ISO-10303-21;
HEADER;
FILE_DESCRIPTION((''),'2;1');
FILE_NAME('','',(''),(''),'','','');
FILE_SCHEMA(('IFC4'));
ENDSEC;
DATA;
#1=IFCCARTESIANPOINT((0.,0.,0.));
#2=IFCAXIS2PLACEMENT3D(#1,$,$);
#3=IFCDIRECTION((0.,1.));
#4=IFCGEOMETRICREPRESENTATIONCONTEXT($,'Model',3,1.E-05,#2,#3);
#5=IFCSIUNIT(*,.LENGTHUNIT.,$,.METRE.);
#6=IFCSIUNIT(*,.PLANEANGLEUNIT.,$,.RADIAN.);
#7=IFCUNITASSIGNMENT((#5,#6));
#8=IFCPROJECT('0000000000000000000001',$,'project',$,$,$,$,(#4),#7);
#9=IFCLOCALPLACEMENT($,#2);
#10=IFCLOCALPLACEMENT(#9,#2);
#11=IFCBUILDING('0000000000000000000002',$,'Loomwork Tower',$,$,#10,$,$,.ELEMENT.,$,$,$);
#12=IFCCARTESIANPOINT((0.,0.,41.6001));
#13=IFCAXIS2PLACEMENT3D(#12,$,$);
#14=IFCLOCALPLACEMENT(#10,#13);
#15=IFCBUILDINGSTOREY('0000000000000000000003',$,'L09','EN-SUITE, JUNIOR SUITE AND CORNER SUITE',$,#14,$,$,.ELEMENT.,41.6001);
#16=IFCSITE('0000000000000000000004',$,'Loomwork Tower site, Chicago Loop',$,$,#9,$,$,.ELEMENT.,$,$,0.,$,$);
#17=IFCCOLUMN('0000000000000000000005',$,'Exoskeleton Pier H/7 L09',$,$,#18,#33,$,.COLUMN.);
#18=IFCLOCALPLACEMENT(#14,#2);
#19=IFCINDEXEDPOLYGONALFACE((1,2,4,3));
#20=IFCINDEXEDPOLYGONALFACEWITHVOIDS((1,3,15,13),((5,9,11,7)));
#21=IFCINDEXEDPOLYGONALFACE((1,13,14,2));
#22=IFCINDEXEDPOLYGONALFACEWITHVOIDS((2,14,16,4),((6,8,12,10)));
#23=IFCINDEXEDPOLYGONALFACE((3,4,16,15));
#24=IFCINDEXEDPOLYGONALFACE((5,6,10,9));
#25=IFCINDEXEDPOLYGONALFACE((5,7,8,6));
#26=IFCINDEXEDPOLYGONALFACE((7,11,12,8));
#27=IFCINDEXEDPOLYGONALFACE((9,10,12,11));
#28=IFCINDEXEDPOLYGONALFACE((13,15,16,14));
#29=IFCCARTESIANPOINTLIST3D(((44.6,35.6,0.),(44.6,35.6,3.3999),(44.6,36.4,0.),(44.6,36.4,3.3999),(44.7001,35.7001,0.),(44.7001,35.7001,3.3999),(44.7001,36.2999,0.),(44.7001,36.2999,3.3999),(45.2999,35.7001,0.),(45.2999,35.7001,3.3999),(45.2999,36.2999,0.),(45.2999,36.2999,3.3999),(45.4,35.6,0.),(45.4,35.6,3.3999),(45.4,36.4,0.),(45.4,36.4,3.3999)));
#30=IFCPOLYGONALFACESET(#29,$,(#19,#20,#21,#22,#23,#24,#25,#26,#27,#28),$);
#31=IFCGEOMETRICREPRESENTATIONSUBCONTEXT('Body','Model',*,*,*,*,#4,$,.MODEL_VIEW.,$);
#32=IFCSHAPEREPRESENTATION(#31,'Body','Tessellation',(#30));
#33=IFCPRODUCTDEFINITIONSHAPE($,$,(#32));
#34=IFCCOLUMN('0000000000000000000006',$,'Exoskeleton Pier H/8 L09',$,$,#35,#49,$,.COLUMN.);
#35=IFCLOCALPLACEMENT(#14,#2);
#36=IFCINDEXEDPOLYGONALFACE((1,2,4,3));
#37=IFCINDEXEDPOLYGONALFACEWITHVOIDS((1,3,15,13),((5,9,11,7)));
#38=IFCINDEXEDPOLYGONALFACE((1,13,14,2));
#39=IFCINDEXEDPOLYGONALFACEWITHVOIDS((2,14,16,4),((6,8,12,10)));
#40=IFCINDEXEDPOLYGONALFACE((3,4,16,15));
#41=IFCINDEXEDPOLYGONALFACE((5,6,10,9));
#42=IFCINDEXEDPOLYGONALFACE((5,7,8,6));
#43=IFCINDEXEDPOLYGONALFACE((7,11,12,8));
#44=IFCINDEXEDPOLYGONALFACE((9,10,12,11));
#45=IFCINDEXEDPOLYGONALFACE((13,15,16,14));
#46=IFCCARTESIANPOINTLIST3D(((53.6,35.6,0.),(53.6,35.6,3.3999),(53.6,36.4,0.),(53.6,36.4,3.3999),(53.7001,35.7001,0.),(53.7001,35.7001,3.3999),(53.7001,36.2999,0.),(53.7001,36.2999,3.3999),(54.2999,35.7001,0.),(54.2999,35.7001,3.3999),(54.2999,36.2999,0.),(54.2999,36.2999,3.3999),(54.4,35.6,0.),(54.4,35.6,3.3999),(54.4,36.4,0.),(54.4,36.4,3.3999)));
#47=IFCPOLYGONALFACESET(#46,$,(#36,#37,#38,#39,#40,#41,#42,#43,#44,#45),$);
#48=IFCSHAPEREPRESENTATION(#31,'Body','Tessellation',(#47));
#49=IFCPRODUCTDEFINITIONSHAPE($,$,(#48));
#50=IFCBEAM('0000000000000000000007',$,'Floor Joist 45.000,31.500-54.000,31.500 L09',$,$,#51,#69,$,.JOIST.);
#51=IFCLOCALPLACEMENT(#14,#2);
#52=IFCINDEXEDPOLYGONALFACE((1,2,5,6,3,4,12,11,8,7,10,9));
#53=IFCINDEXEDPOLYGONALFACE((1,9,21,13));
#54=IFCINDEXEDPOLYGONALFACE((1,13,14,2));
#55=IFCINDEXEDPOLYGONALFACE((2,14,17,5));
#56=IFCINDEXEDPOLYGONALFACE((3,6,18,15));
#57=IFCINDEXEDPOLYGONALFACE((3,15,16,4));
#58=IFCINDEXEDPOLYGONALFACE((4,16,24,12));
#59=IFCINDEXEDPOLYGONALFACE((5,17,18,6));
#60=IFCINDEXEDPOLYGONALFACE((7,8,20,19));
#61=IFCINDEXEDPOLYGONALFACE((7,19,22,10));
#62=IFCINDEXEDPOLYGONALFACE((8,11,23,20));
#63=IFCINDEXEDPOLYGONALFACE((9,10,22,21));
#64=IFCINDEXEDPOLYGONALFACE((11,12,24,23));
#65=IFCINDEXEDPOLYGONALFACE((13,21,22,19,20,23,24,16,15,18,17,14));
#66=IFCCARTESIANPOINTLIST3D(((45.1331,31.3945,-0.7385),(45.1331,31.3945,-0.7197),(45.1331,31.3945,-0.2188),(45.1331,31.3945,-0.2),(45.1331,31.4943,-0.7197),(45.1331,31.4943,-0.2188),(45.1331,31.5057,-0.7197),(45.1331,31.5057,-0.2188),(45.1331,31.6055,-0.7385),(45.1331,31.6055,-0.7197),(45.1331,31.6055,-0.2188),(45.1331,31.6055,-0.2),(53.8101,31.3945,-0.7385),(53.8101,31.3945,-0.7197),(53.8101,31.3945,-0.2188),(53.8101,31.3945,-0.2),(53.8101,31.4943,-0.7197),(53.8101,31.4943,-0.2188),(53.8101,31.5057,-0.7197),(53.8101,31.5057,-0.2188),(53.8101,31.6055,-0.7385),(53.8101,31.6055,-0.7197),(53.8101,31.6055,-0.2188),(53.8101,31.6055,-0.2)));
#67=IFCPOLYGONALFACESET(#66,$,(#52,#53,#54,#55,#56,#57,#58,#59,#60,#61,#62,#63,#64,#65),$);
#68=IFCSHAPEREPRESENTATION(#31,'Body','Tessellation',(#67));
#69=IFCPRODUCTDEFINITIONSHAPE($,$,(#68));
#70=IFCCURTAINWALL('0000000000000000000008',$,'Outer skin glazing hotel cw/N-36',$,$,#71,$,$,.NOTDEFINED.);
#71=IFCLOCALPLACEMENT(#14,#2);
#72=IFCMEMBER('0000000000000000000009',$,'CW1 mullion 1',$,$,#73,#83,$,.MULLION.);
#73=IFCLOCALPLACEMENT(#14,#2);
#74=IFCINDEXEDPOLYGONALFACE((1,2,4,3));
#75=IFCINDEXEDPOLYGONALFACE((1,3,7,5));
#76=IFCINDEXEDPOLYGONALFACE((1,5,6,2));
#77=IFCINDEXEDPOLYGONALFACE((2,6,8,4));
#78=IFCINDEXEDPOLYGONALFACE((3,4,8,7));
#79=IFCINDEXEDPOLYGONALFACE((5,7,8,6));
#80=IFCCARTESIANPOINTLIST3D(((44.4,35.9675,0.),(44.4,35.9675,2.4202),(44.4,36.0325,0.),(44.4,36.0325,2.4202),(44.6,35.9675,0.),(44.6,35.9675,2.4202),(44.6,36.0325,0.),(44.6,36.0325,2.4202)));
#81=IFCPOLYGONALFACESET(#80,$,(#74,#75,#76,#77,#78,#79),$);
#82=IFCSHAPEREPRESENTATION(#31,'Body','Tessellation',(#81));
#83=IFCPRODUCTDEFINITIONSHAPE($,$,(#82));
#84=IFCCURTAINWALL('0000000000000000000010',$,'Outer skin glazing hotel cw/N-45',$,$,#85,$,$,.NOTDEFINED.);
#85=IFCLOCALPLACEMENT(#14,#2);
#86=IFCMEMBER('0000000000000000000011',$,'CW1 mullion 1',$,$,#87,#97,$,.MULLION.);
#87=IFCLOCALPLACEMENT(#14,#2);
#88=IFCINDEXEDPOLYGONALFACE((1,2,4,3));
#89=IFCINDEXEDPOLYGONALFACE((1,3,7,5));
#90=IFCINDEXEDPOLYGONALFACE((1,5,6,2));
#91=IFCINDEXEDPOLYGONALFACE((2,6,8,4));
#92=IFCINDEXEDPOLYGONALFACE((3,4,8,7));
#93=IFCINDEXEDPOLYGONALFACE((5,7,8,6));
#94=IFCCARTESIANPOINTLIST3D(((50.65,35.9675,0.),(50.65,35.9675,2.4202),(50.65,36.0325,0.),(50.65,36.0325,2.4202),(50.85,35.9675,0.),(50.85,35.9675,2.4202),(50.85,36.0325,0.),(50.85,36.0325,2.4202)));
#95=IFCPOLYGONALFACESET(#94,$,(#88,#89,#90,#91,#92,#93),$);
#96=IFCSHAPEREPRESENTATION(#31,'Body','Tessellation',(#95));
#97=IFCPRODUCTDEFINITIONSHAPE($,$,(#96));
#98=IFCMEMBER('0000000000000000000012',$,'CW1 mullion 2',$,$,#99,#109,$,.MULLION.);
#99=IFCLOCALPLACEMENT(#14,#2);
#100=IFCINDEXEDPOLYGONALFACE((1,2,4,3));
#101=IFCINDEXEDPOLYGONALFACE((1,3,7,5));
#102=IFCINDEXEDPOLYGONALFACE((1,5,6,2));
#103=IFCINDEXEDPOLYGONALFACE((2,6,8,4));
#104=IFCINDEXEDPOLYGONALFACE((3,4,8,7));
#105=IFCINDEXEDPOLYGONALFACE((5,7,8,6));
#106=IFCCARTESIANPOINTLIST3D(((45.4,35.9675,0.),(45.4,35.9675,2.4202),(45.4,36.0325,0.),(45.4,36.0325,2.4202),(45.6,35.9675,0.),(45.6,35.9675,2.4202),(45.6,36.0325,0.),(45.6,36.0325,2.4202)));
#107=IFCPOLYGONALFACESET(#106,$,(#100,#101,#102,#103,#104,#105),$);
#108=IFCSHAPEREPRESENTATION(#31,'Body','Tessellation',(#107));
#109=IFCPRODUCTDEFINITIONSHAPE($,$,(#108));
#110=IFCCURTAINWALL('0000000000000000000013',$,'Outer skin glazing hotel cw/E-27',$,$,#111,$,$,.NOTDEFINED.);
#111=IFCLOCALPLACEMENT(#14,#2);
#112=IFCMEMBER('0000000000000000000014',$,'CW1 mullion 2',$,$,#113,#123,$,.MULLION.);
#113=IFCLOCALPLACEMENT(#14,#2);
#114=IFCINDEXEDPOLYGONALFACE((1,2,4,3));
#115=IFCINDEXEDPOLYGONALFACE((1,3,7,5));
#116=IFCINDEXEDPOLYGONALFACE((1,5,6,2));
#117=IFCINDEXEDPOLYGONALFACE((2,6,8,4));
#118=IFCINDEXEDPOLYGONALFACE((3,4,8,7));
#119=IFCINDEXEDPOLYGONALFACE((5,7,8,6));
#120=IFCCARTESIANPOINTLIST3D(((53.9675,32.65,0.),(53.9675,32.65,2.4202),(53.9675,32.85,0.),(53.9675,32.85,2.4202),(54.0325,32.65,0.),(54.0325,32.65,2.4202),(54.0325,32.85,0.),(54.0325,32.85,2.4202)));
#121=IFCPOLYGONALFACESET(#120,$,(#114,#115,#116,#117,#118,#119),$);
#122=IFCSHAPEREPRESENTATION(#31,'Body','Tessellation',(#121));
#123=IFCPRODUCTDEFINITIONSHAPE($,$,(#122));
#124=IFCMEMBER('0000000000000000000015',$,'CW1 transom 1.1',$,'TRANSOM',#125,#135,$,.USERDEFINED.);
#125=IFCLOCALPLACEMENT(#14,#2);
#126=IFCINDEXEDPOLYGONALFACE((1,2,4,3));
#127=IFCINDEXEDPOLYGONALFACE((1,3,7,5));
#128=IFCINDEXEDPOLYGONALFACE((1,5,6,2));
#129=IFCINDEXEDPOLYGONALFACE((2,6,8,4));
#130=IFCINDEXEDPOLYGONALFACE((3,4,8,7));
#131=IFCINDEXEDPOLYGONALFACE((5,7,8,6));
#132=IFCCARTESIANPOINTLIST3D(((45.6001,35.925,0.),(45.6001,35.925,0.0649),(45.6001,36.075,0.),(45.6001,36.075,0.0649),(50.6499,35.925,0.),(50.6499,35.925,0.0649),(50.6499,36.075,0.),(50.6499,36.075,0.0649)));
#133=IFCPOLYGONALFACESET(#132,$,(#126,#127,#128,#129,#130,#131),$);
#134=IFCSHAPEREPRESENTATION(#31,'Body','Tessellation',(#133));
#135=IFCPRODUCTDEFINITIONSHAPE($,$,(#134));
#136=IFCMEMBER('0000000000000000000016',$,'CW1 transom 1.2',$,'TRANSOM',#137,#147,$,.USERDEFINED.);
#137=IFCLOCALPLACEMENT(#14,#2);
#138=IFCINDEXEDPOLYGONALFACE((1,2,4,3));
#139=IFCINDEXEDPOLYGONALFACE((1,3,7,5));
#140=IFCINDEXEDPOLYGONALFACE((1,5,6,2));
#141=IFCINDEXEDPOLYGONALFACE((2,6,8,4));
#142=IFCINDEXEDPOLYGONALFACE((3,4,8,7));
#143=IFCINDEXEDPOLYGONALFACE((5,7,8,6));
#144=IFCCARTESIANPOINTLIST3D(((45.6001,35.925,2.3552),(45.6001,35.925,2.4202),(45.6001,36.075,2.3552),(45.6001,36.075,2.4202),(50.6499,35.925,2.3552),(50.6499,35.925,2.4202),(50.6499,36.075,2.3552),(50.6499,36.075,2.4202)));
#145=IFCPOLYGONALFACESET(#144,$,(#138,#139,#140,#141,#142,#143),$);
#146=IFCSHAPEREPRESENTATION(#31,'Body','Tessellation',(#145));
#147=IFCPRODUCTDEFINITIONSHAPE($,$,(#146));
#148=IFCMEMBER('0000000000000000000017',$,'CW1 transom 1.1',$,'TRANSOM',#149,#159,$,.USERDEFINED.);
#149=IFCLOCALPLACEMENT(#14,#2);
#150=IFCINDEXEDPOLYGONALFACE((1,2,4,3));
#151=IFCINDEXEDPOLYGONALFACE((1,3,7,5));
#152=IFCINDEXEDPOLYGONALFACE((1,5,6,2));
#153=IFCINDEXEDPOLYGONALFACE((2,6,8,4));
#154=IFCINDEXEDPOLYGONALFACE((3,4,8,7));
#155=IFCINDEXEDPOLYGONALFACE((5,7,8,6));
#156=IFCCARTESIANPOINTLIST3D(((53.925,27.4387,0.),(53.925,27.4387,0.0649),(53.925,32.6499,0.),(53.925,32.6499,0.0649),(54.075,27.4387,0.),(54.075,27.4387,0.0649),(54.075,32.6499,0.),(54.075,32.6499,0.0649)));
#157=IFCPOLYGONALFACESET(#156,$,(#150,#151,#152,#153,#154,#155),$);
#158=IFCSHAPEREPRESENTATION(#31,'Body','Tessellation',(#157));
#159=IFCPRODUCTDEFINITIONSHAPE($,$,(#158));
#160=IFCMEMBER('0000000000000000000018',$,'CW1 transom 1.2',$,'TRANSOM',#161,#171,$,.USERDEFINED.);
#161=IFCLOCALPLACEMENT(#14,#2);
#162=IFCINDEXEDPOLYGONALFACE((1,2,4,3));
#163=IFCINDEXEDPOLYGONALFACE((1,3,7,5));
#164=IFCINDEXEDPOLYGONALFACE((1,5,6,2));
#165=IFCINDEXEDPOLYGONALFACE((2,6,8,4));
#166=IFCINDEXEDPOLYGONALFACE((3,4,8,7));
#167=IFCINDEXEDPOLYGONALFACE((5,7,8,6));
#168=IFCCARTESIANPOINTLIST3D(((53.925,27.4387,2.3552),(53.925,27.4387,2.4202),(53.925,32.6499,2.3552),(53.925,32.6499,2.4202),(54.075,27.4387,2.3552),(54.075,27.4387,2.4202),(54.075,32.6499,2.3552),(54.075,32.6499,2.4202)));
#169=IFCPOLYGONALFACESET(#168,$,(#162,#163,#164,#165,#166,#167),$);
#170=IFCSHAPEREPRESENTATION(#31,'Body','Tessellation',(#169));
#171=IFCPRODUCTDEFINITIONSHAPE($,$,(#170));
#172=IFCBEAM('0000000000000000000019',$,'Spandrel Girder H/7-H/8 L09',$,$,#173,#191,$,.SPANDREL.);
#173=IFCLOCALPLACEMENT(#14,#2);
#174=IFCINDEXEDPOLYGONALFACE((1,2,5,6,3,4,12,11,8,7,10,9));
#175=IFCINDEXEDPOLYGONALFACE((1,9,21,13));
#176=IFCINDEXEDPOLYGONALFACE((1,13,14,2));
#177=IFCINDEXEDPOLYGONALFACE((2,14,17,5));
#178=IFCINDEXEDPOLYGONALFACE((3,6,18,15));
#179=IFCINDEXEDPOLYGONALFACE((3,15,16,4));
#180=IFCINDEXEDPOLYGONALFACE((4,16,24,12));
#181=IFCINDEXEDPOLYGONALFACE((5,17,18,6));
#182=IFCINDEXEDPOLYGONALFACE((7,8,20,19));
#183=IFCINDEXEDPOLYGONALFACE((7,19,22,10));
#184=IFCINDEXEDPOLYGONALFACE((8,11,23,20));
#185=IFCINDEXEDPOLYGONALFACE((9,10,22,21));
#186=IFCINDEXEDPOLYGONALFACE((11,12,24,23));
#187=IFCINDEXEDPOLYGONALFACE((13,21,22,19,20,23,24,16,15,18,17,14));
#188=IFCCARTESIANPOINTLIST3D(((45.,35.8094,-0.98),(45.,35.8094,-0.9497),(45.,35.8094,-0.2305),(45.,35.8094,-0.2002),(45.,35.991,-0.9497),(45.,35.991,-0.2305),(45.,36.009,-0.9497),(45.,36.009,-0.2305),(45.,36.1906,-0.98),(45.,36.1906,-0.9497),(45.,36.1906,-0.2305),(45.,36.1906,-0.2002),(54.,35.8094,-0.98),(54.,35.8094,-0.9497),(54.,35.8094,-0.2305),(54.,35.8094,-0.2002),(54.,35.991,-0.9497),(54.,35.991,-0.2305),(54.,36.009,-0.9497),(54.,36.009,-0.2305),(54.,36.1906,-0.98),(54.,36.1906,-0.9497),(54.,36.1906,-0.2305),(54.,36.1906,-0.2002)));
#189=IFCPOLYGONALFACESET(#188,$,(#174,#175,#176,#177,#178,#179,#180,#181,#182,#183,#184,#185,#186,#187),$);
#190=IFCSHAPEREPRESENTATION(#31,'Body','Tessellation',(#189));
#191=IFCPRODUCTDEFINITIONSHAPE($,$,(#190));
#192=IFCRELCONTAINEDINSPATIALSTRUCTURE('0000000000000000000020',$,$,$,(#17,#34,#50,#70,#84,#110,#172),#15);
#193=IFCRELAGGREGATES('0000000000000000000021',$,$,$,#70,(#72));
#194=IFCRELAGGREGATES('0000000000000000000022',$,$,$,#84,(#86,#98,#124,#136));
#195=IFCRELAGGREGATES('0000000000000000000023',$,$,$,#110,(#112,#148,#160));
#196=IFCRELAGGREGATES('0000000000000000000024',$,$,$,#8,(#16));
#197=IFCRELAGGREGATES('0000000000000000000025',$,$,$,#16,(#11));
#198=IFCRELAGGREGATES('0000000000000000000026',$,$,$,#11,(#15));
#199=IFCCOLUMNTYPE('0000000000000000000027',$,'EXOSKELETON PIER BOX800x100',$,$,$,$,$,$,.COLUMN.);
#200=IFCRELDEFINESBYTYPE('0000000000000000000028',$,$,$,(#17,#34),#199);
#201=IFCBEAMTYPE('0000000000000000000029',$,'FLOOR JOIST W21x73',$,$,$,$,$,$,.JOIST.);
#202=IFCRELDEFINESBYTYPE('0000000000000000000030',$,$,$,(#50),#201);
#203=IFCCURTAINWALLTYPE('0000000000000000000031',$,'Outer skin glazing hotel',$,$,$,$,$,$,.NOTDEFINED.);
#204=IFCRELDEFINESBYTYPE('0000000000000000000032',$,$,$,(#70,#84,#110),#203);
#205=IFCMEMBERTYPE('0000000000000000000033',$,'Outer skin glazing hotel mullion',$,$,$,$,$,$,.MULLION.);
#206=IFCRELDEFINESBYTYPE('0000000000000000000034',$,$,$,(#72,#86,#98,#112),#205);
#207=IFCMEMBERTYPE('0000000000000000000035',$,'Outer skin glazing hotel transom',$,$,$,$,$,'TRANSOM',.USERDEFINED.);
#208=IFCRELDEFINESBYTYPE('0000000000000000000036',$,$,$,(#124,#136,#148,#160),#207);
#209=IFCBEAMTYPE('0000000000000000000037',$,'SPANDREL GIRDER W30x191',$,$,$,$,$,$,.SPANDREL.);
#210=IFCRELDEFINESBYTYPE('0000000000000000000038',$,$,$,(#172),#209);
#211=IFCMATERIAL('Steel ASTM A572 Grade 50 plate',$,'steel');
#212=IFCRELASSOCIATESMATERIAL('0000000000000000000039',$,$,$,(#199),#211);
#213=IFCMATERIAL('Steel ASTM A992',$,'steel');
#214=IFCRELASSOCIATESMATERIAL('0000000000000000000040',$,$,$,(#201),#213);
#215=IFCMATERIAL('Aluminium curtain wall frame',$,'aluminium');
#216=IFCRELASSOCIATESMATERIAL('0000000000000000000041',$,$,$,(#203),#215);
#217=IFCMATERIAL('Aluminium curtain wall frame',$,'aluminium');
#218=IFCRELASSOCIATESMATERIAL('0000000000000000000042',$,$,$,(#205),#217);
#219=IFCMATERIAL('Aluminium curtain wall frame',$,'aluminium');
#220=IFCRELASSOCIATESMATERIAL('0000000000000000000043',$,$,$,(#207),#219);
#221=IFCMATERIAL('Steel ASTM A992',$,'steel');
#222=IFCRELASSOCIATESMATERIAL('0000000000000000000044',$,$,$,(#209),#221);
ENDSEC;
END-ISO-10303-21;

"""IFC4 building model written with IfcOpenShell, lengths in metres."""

from ifc_helpers import new_model, si_unit, direction, frame, origin, origin_2d, place, context, subcontext, project, spatial, rectangle, hollow_rectangle, i_section, extrude, material, material_profile, profile_set, type_object, element, aggregate, save


model = new_model("IFC4")

# Units and contexts
model_context = context("Model", 3, precision=1e-05, world=origin(), true_north=direction((0.0, 1.0)))
body_context = subcontext(model_context, "Body", "Model", "MODEL_VIEW")
ifc_project = project(units=[si_unit("LENGTHUNIT", "METRE"), si_unit("PLANEANGLEUNIT", "RADIAN")], contexts=[model_context])

# Site, building, storey
site_placement = place(None, origin())
site = spatial("IfcSite", under=ifc_project, at=site_placement, Name="Loomwork Tower site, Chicago Loop", CompositionType="ELEMENT", RefElevation=0.0)
building_placement = place(site_placement, origin())
building = spatial("IfcBuilding", under=site, at=building_placement, Name="Loomwork Tower", CompositionType="ELEMENT")
storey_placement = place(building_placement, frame((0.0, 0.0, 41.6001)))
storey = spatial("IfcBuildingStorey", under=building, at=storey_placement, Name="L09", Description="EN-SUITE, JUNIOR SUITE AND CORNER SUITE", CompositionType="ELEMENT", Elevation=41.6001)

# Columns
ifc_material_1 = material(Name="Steel ASTM A572 Grade 50 plate", Category="steel")
ifc_material_profile_1 = material_profile(ifc_material_1, hollow_rectangle(XDim=0.8, YDim=0.8, WallThickness=0.1001, at=origin_2d()), Name="BOX800x100")
ifc_profile_set_1 = profile_set([ifc_material_profile_1], Name="Steel ASTM A572 Grade 50 plate")
column_type = type_object("IfcColumnType", Name="EXOSKELETON PIER BOX800x100", PredefinedType="COLUMN", material=ifc_profile_set_1)
for number, where, z_axis, x_axis, name in (
    (1, (45.0, 36.0, 0.0), (0.0, 0.0, 1.0), (1.0, 0.0, 0.0), "Exoskeleton Pier H/7 L09"),
    (2, (54.0, 36.0, 0.0), (0.0, 0.0, 1.0), (1.0, 0.0, 0.0), "Exoskeleton Pier H/8 L09"),
):
    element("IfcColumn", number, at=place(storey_placement, frame(where, z_axis=z_axis, x_axis=x_axis)), inside=storey, type_object=column_type, Name=name, PredefinedType="COLUMN", context=body_context, shape_type="SweptSolid", body=[
        extrude(hollow_rectangle(XDim=0.8, YDim=0.8, WallThickness=0.1001, at=origin_2d()), origin(), (0.0, 0.0, 1.0), 3.3999),
    ])

# Beam
ifc_material_2 = material(Name="Steel ASTM A992", Category="steel")
ifc_material_profile_2 = material_profile(ifc_material_2, i_section(OverallWidth=0.2109, OverallDepth=0.5386, WebThickness=0.0115, FlangeThickness=0.0188, at=origin_2d()), Name="W21x73")
ifc_profile_set_2 = profile_set([ifc_material_profile_2], Name="Steel ASTM A992")
beam_type_1 = type_object("IfcBeamType", Name="FLOOR JOIST W21x73", PredefinedType="JOIST", material=ifc_profile_set_2)
beam_1_placement = place(storey_placement, frame((45.1331, 31.5, -0.4692), z_axis=(1.0, 0.0, 0.0), x_axis=(0.0, 1.0, 0.0)))
element("IfcBeam", 3, at=beam_1_placement, inside=storey, type_object=beam_type_1, Name="Floor Joist 45.000,31.500-54.000,31.500 L09", PredefinedType="JOIST", context=body_context, shape_type="SweptSolid", body=[
    extrude(i_section(OverallWidth=0.2109, OverallDepth=0.5386, WebThickness=0.0115, FlangeThickness=0.0188, at=origin_2d()), origin(), (0.0, 0.0, 1.0), 8.677),
])

# Curtain wall, member
ifc_material_3 = material(Name="Aluminium curtain wall frame", Category="aluminium")
curtain_wall_type = type_object("IfcCurtainWallType", Name="Outer skin glazing hotel", PredefinedType="NOTDEFINED", material=ifc_material_3)
curtain_wall_1_placement = place(storey_placement, origin())
curtain_wall_1 = element("IfcCurtainWall", 4, at=curtain_wall_1_placement, inside=storey, type_object=curtain_wall_type, Name="Outer skin glazing hotel cw/N-36", PredefinedType="NOTDEFINED")
ifc_material_4 = material(Name="Aluminium curtain wall frame", Category="aluminium")
ifc_material_profile_3 = material_profile(ifc_material_4, rectangle(XDim=0.0649, YDim=0.2, at=origin_2d()), Name="AL 65x200")
ifc_profile_set_3 = profile_set([ifc_material_profile_3], Name="Aluminium curtain wall frame")
member_type_1 = type_object("IfcMemberType", Name="Outer skin glazing hotel mullion", PredefinedType="MULLION", material=ifc_profile_set_3)
member_1_placement = place(storey_placement, frame((44.5, 36.0, 0.0), z_axis=(0.0, 0.0, 1.0), x_axis=(0.0, -1.0, 0.0)))
member_1 = element("IfcMember", 5, at=member_1_placement, type_object=member_type_1, Name="CW1 mullion 1", PredefinedType="MULLION", context=body_context, shape_type="SweptSolid", body=[
    extrude(rectangle(XDim=0.0649, YDim=0.2, at=origin_2d()), origin(), (0.0, 0.0, 1.0), 2.4202),
])
aggregate(curtain_wall_1, [member_1])

# Curtain wall, members
curtain_wall_2_placement = place(storey_placement, origin())
curtain_wall_2 = element("IfcCurtainWall", 6, at=curtain_wall_2_placement, inside=storey, type_object=curtain_wall_type, Name="Outer skin glazing hotel cw/N-45", PredefinedType="NOTDEFINED")
member_2_placement = place(storey_placement, frame((50.75, 36.0, 0.0), z_axis=(0.0, 0.0, 1.0), x_axis=(0.0, -1.0, 0.0)))
member_2 = element("IfcMember", 7, at=member_2_placement, type_object=member_type_1, Name="CW1 mullion 1", PredefinedType="MULLION", context=body_context, shape_type="SweptSolid", body=[
    extrude(rectangle(XDim=0.0649, YDim=0.2, at=origin_2d()), origin(), (0.0, 0.0, 1.0), 2.4202),
])
member_3_placement = place(storey_placement, frame((45.5, 36.0, 0.0), z_axis=(0.0, 0.0, 1.0), x_axis=(0.0, -1.0, 0.0)))
member_3 = element("IfcMember", 8, at=member_3_placement, type_object=member_type_1, Name="CW1 mullion 2", PredefinedType="MULLION", context=body_context, shape_type="SweptSolid", body=[
    extrude(rectangle(XDim=0.0649, YDim=0.2, at=origin_2d()), origin(), (0.0, 0.0, 1.0), 2.4202),
])

# Curtain wall, member
curtain_wall_3_placement = place(storey_placement, origin())
curtain_wall_3 = element("IfcCurtainWall", 9, at=curtain_wall_3_placement, inside=storey, type_object=curtain_wall_type, Name="Outer skin glazing hotel cw/E-27", PredefinedType="NOTDEFINED")
member_4_placement = place(storey_placement, frame((54.0, 32.75, 0.0), z_axis=(0.0, 0.0, 1.0), x_axis=(-1.0, 0.0, 0.0)))
member_4 = element("IfcMember", 10, at=member_4_placement, type_object=member_type_1, Name="CW1 mullion 2", PredefinedType="MULLION", context=body_context, shape_type="SweptSolid", body=[
    extrude(rectangle(XDim=0.0649, YDim=0.2, at=origin_2d()), origin(), (0.0, 0.0, 1.0), 2.4202),
])

# Members
ifc_material_5 = material(Name="Aluminium curtain wall frame", Category="aluminium")
ifc_material_profile_4 = material_profile(ifc_material_5, rectangle(XDim=0.1499, YDim=0.0649, at=origin_2d()), Name="AL 65x150")
ifc_profile_set_4 = profile_set([ifc_material_profile_4], Name="Aluminium curtain wall frame")
member_type_2 = type_object("IfcMemberType", Name="Outer skin glazing hotel transom", ElementType="TRANSOM", PredefinedType="USERDEFINED", material=ifc_profile_set_4)
member_5_placement = place(storey_placement, frame((50.6499, 36.0, 0.0325), z_axis=(-1.0, 0.0, 0.0), x_axis=(0.0, -1.0, 0.0)))
member_5 = element("IfcMember", 11, at=member_5_placement, type_object=member_type_2, Name="CW1 transom 1.1", ObjectType="TRANSOM", PredefinedType="USERDEFINED", context=body_context, shape_type="SweptSolid", body=[
    extrude(rectangle(XDim=0.1499, YDim=0.0649, at=origin_2d()), origin(), (0.0, 0.0, 1.0), 5.0498),
])
member_6_placement = place(storey_placement, frame((50.6499, 36.0, 2.3877), z_axis=(-1.0, 0.0, 0.0), x_axis=(0.0, -1.0, 0.0)))
member_6 = element("IfcMember", 12, at=member_6_placement, type_object=member_type_2, Name="CW1 transom 1.2", ObjectType="TRANSOM", PredefinedType="USERDEFINED", context=body_context, shape_type="SweptSolid", body=[
    extrude(rectangle(XDim=0.1499, YDim=0.0649, at=origin_2d()), origin(), (0.0, 0.0, 1.0), 5.0498),
])
member_7_placement = place(storey_placement, frame((54.0, 27.4387, 0.0325), z_axis=(0.0, 1.0, 0.0), x_axis=(-1.0, 0.0, 0.0)))
member_7 = element("IfcMember", 13, at=member_7_placement, type_object=member_type_2, Name="CW1 transom 1.1", ObjectType="TRANSOM", PredefinedType="USERDEFINED", context=body_context, shape_type="SweptSolid", body=[
    extrude(rectangle(XDim=0.1499, YDim=0.0649, at=origin_2d()), origin(), (0.0, 0.0, 1.0), 5.2112),
])
member_8_placement = place(storey_placement, frame((54.0, 27.4387, 2.3877), z_axis=(0.0, 1.0, 0.0), x_axis=(-1.0, 0.0, 0.0)))
member_8 = element("IfcMember", 14, at=member_8_placement, type_object=member_type_2, Name="CW1 transom 1.2", ObjectType="TRANSOM", PredefinedType="USERDEFINED", context=body_context, shape_type="SweptSolid", body=[
    extrude(rectangle(XDim=0.1499, YDim=0.0649, at=origin_2d()), origin(), (0.0, 0.0, 1.0), 5.2112),
])

# Beam
ifc_material_6 = material(Name="Steel ASTM A992", Category="steel")
ifc_material_profile_5 = material_profile(ifc_material_6, i_section(OverallWidth=0.3811, OverallDepth=0.7798, WebThickness=0.0181, FlangeThickness=0.0303, at=origin_2d()), Name="W30x191")
ifc_profile_set_5 = profile_set([ifc_material_profile_5], Name="Steel ASTM A992")
beam_type_2 = type_object("IfcBeamType", Name="SPANDREL GIRDER W30x191", PredefinedType="SPANDREL", material=ifc_profile_set_5)
beam_2_placement = place(storey_placement, frame((45.0, 36.0, -0.5901), z_axis=(1.0, 0.0, 0.0), x_axis=(0.0, 1.0, 0.0)))
element("IfcBeam", 15, at=beam_2_placement, inside=storey, type_object=beam_type_2, Name="Spandrel Girder H/7-H/8 L09", PredefinedType="SPANDREL", context=body_context, shape_type="SweptSolid", body=[
    extrude(i_section(OverallWidth=0.3811, OverallDepth=0.7798, WebThickness=0.0181, FlangeThickness=0.0303, at=origin_2d()), origin(), (0.0, 0.0, 1.0), 9.0),
])

aggregate(curtain_wall_2, [member_2, member_3, member_5, member_6])
aggregate(curtain_wall_3, [member_4, member_7, member_8])

save(model, "model.ifc")
